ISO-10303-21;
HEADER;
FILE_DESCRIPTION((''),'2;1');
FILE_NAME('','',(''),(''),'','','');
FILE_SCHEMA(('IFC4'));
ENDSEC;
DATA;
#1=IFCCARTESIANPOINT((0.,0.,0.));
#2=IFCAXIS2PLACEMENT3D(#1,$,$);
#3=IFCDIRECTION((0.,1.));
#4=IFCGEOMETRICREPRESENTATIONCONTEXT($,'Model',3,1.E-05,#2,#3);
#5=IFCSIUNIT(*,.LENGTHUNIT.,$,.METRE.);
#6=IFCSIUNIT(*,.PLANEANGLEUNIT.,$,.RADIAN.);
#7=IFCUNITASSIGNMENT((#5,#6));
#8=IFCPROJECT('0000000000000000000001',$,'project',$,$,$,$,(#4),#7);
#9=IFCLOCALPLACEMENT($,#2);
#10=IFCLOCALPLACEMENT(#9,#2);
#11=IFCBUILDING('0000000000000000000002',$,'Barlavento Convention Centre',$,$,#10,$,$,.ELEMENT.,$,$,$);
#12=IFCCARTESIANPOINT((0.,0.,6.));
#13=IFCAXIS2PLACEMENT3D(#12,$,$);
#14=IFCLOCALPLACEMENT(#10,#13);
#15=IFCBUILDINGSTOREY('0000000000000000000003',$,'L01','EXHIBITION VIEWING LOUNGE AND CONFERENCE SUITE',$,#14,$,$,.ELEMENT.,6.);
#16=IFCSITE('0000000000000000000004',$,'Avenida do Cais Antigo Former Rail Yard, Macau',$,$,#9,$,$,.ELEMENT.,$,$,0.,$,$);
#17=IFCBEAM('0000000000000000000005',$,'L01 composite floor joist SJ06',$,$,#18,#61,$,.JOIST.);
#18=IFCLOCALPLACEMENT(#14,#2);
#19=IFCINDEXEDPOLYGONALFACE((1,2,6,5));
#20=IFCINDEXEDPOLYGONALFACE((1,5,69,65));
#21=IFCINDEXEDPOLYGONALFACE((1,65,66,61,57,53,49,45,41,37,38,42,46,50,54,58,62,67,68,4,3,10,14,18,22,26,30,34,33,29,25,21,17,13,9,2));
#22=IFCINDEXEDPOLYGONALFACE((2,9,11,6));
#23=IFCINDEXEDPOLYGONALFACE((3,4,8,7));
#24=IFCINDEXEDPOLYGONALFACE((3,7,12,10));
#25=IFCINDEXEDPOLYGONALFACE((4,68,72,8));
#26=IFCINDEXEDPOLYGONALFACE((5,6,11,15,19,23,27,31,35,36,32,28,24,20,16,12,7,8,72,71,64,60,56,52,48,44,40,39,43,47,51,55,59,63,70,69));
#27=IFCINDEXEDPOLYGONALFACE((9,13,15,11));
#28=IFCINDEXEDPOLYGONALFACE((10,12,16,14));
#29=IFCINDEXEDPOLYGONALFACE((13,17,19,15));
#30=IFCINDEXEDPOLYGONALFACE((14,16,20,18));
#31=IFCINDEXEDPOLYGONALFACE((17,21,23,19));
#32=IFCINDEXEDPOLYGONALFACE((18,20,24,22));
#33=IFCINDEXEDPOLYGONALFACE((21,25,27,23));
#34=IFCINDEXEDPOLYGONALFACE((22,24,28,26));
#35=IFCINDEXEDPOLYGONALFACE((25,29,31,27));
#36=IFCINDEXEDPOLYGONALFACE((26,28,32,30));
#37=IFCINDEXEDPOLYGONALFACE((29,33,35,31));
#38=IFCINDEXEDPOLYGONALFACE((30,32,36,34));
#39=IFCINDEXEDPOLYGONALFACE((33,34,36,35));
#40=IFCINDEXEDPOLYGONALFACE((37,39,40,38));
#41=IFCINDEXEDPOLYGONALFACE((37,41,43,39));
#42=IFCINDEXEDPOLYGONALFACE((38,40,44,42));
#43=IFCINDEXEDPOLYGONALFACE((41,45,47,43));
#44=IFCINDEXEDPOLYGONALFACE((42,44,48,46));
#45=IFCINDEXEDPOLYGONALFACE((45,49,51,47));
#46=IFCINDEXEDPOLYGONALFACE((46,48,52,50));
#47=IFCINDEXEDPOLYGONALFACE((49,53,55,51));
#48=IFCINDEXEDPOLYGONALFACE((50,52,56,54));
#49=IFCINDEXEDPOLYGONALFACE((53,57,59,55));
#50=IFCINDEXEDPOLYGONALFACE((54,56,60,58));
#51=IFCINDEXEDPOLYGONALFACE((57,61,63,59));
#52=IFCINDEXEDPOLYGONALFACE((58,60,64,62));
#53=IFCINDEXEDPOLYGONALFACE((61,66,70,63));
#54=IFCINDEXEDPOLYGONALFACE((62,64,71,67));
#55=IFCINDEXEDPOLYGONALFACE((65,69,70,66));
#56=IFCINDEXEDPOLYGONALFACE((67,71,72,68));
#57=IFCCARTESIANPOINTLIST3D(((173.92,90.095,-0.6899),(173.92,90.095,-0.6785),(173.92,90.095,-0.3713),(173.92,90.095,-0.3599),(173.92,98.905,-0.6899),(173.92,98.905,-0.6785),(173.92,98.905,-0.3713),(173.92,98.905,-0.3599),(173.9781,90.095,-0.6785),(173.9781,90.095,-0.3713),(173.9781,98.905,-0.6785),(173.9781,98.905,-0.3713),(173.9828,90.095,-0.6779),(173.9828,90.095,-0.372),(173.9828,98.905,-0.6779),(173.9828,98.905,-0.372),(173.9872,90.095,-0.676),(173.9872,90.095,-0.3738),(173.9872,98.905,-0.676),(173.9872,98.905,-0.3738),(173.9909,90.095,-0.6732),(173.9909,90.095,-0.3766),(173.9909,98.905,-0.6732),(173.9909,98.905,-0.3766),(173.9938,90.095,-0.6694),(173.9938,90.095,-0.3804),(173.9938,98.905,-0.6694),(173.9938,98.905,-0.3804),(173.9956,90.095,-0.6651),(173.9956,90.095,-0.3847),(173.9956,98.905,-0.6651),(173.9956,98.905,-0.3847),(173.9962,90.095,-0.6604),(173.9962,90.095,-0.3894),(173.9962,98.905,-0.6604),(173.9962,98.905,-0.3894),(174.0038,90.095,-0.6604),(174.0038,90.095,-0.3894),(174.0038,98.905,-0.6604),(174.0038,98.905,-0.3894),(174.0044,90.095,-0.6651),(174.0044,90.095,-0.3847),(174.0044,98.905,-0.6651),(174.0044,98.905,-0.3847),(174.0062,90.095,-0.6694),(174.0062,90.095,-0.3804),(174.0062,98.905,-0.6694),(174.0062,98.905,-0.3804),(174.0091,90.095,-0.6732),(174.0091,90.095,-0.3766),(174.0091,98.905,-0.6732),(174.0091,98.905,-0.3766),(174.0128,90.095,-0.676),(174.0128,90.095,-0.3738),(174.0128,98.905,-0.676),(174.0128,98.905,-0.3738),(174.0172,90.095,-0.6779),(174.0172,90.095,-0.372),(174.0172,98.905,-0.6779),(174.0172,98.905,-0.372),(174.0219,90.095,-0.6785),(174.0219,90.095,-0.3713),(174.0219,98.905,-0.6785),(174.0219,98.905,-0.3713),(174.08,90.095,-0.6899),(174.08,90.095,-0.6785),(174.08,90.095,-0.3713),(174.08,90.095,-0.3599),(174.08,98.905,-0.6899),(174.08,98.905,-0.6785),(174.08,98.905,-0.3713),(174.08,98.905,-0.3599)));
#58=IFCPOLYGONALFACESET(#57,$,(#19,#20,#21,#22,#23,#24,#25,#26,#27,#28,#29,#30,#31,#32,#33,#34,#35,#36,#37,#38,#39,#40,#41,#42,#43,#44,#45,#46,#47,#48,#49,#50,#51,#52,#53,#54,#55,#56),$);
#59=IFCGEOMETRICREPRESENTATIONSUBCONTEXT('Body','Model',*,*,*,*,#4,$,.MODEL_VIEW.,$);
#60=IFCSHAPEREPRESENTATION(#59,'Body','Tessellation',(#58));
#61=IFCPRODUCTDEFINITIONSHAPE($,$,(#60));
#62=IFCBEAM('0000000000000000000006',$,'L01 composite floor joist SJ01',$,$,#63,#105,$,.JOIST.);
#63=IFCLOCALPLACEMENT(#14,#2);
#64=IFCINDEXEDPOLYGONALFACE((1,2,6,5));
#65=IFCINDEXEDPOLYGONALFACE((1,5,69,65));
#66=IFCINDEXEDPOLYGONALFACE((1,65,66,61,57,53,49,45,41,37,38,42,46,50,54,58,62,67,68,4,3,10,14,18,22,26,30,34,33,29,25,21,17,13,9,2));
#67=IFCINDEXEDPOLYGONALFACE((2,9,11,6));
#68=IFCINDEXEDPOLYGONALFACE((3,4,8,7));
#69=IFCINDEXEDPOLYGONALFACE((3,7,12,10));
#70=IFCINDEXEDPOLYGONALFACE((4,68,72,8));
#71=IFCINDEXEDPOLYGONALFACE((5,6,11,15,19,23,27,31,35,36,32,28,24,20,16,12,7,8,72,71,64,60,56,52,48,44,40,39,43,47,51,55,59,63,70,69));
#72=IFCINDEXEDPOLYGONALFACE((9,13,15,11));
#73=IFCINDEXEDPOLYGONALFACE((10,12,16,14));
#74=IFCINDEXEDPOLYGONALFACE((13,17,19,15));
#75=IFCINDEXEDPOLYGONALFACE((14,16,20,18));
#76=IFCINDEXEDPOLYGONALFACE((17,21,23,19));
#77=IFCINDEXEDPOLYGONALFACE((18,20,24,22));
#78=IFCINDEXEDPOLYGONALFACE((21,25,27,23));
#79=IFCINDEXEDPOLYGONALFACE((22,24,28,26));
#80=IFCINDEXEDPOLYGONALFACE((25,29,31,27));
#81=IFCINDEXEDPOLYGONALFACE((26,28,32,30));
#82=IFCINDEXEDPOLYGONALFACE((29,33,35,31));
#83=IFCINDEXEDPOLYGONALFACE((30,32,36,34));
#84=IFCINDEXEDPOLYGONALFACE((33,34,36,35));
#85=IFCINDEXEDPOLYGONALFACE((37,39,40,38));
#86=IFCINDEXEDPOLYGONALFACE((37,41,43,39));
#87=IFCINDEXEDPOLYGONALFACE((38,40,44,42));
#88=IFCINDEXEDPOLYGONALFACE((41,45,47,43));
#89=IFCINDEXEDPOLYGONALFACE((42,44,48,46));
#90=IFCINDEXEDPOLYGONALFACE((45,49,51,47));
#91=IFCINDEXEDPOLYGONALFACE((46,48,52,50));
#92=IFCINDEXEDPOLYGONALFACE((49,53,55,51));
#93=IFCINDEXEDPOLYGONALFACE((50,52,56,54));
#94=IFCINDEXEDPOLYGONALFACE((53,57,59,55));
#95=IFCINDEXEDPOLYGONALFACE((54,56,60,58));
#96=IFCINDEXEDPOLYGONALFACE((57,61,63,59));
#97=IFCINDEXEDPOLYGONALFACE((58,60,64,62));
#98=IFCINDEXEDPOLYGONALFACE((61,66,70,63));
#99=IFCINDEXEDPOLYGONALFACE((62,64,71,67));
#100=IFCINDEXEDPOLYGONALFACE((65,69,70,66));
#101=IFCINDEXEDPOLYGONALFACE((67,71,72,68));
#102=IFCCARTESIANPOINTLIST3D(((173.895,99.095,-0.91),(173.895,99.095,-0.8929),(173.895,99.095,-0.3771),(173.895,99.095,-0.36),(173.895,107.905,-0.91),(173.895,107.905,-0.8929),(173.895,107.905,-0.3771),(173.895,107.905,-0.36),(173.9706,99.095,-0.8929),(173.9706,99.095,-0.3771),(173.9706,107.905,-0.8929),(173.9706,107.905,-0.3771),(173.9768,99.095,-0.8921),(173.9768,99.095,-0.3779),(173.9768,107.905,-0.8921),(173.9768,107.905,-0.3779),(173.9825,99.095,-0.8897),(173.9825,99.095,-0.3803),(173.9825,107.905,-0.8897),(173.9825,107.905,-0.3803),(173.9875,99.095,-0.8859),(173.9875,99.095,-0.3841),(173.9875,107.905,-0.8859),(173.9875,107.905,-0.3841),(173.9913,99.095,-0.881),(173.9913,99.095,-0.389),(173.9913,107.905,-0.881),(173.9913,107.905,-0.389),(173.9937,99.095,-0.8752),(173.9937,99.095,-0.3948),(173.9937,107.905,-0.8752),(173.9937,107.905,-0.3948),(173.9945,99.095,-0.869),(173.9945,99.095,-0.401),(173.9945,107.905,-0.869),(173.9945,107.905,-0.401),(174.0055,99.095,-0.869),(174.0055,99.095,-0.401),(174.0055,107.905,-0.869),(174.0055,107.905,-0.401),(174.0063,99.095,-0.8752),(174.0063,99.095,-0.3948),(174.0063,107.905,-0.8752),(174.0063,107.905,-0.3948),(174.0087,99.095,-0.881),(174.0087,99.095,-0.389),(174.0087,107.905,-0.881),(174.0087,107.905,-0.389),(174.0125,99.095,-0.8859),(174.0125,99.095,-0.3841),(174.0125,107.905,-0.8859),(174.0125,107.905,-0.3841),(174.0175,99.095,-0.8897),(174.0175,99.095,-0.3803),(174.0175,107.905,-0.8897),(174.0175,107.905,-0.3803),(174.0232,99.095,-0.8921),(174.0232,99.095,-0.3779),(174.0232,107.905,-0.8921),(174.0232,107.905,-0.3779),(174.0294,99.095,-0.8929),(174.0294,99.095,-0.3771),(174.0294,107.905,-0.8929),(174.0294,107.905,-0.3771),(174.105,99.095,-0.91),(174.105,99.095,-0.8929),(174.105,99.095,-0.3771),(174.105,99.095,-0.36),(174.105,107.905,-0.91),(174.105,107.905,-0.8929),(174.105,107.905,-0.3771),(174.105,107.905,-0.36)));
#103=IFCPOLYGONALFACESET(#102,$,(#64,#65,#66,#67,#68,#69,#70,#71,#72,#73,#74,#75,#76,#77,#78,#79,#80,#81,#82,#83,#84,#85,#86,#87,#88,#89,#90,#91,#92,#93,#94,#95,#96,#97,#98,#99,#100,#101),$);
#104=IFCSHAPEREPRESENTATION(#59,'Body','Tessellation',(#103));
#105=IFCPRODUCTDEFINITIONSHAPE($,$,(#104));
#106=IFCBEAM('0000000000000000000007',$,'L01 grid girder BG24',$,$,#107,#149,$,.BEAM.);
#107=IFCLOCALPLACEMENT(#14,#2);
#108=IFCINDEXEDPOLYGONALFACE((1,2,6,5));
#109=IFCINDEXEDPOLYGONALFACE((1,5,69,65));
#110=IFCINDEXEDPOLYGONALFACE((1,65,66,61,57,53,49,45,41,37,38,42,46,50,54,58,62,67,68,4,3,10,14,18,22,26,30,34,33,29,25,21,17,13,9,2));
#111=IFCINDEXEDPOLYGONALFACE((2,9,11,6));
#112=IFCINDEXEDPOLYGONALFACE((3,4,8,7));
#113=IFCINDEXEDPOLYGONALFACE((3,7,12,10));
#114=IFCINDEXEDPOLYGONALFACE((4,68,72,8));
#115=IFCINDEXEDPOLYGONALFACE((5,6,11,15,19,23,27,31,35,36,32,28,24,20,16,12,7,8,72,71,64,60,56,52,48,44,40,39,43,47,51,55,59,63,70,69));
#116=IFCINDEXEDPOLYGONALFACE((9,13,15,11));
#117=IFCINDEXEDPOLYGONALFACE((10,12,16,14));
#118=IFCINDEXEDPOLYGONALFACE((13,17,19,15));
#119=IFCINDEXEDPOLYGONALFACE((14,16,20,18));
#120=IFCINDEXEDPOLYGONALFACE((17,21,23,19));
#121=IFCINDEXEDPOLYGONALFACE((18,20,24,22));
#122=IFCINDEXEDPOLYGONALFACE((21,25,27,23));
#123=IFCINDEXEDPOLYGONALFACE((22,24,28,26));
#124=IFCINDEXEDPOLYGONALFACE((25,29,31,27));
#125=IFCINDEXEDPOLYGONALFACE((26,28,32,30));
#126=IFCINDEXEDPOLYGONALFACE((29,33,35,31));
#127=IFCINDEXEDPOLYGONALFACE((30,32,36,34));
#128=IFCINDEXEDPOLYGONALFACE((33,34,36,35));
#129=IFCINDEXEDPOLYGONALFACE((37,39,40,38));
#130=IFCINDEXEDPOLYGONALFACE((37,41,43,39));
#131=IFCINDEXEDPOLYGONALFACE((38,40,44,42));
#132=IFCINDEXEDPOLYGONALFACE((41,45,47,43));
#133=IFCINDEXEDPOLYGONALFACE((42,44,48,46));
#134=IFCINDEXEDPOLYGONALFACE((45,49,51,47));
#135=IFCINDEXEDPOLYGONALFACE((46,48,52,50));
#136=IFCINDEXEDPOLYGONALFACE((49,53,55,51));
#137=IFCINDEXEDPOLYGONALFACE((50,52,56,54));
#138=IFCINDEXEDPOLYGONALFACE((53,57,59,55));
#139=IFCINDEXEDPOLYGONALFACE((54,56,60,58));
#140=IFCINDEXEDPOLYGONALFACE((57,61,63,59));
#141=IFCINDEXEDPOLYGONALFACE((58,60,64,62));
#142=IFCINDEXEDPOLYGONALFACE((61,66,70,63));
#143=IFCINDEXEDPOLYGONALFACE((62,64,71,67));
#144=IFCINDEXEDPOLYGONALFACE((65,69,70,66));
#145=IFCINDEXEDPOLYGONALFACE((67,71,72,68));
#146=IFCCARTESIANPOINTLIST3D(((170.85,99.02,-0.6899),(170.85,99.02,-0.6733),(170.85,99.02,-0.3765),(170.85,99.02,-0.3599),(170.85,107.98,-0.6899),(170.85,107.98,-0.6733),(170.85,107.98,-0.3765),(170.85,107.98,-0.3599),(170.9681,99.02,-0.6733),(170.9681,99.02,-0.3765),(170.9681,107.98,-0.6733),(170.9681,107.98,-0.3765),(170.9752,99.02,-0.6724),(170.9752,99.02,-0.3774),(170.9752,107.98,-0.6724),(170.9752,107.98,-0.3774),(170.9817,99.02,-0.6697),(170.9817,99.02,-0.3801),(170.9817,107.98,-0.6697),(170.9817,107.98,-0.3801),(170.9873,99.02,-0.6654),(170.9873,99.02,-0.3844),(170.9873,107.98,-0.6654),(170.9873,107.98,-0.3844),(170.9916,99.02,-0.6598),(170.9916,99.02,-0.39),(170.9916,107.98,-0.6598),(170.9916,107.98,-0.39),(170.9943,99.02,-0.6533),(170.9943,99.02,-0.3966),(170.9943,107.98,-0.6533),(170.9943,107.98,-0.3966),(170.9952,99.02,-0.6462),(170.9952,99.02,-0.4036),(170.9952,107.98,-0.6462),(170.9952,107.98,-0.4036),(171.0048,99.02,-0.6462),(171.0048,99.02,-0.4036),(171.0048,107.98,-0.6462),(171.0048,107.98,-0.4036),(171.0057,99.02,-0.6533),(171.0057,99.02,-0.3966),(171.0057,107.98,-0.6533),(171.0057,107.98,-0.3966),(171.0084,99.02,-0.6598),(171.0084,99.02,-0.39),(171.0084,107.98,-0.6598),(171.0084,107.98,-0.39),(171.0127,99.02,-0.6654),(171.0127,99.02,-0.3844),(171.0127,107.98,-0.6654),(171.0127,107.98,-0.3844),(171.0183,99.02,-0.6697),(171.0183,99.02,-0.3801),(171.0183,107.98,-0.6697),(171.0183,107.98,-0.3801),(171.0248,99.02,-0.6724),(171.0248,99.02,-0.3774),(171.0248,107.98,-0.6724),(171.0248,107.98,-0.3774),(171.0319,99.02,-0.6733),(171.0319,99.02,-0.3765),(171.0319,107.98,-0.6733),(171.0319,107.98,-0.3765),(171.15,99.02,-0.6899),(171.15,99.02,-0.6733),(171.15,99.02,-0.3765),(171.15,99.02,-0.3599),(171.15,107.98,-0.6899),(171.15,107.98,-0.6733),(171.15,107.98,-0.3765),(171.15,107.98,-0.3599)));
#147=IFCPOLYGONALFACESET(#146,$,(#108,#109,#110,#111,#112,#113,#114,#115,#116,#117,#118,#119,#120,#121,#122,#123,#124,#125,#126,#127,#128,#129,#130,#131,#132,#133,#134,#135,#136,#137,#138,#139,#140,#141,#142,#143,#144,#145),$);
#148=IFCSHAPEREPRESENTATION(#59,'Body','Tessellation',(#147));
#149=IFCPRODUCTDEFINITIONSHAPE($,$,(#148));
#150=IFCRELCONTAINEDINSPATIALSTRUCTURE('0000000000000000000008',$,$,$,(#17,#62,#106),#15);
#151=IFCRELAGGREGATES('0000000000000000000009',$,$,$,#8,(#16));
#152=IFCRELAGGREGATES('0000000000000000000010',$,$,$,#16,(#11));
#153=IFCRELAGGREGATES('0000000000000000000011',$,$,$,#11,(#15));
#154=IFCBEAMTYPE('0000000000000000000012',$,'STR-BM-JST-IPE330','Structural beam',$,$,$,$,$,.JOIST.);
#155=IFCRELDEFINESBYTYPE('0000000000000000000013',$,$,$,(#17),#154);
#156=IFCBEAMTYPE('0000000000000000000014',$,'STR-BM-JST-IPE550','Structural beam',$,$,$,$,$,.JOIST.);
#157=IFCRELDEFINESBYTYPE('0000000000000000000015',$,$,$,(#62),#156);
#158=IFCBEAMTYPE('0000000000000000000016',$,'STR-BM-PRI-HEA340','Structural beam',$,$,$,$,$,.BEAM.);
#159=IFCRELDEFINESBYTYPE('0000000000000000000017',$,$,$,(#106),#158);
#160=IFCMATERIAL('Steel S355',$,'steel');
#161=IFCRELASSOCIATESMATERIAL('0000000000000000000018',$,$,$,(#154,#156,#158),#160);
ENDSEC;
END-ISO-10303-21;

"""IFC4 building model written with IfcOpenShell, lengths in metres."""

from ifc_helpers import new_model, si_unit, direction, frame, origin, origin_2d, place, context, subcontext, project, spatial, i_section, extrude, material, material_profile, profile_set, type_object, element, save


model = new_model("IFC4")

# Units and contexts
model_context = context("Model", 3, precision=1e-05, world=origin(), true_north=direction((0.0, 1.0)))
body_context = subcontext(model_context, "Body", "Model", "MODEL_VIEW")
ifc_project = project(units=[si_unit("LENGTHUNIT", "METRE"), si_unit("PLANEANGLEUNIT", "RADIAN")], contexts=[model_context])

# Site, building, storey
site_placement = place(None, origin())
site = spatial("IfcSite", under=ifc_project, at=site_placement, Name="Avenida do Cais Antigo Former Rail Yard, Macau", CompositionType="ELEMENT", RefElevation=0.0)
building_placement = place(site_placement, origin())
building = spatial("IfcBuilding", under=site, at=building_placement, Name="Barlavento Convention Centre", CompositionType="ELEMENT")
storey_placement = place(building_placement, frame((0.0, 0.0, 6.0)))
storey = spatial("IfcBuildingStorey", under=building, at=storey_placement, Name="L01", Description="EXHIBITION VIEWING LOUNGE AND CONFERENCE SUITE", CompositionType="ELEMENT", Elevation=6.0)

# Shared definitions
ifc_material_1 = material(Name="Steel S355", Category="steel")

# Beams
ifc_material_profile_1 = material_profile(ifc_material_1, i_section(OverallWidth=0.1599, OverallDepth=0.3301, WebThickness=0.0076, FlangeThickness=0.0115, FilletRadius=0.0181, at=origin_2d()), Name="IPE 330")
ifc_profile_set_1 = profile_set([ifc_material_profile_1], Name="Steel S355")
beam_type_1 = type_object("IfcBeamType", Name="STR-BM-JST-IPE330", Description="Structural beam", PredefinedType="JOIST", material=ifc_profile_set_1)
beam_1_placement = place(storey_placement, frame((174.0, 90.095, -0.5249), z_axis=(0.0, 1.0, 0.0), x_axis=(-1.0, 0.0, 0.0)))
element("IfcBeam", 1, at=beam_1_placement, inside=storey, type_object=beam_type_1, Name="L01 composite floor joist SJ06", PredefinedType="JOIST", context=body_context, shape_type="SweptSolid", body=[
    extrude(i_section(OverallWidth=0.1599, OverallDepth=0.3301, WebThickness=0.0076, FlangeThickness=0.0115, FilletRadius=0.0181, at=origin_2d()), origin(), (0.0, 0.0, 1.0), 8.8101),
])
ifc_material_profile_2 = material_profile(ifc_material_1, i_section(OverallWidth=0.21, OverallDepth=0.55, WebThickness=0.011, FlangeThickness=0.0171, FilletRadius=0.0239, at=origin_2d()), Name="IPE 550")
ifc_profile_set_2 = profile_set([ifc_material_profile_2], Name="Steel S355")
beam_type_2 = type_object("IfcBeamType", Name="STR-BM-JST-IPE550", Description="Structural beam", PredefinedType="JOIST", material=ifc_profile_set_2)
beam_2_placement = place(storey_placement, frame((174.0, 99.095, -0.635), z_axis=(0.0, 1.0, 0.0), x_axis=(-1.0, 0.0, 0.0)))
element("IfcBeam", 2, at=beam_2_placement, inside=storey, type_object=beam_type_2, Name="L01 composite floor joist SJ01", PredefinedType="JOIST", context=body_context, shape_type="SweptSolid", body=[
    extrude(i_section(OverallWidth=0.21, OverallDepth=0.55, WebThickness=0.011, FlangeThickness=0.0171, FilletRadius=0.0239, at=origin_2d()), origin(), (0.0, 0.0, 1.0), 8.8101),
])
ifc_material_profile_3 = material_profile(ifc_material_1, i_section(OverallWidth=0.3, OverallDepth=0.3301, WebThickness=0.0095, FlangeThickness=0.0166, FilletRadius=0.0271, at=origin_2d()), Name="HEA 340")
ifc_profile_set_3 = profile_set([ifc_material_profile_3], Name="Steel S355")
beam_type_3 = type_object("IfcBeamType", Name="STR-BM-PRI-HEA340", Description="Structural beam", PredefinedType="BEAM", material=ifc_profile_set_3)
beam_3_placement = place(storey_placement, frame((171.0, 99.02, -0.5249), z_axis=(0.0, 1.0, 0.0), x_axis=(-1.0, 0.0, 0.0)))
element("IfcBeam", 3, at=beam_3_placement, inside=storey, type_object=beam_type_3, Name="L01 grid girder BG24", PredefinedType="BEAM", context=body_context, shape_type="SweptSolid", body=[
    extrude(i_section(OverallWidth=0.3, OverallDepth=0.3301, WebThickness=0.0095, FlangeThickness=0.0166, FilletRadius=0.0271, at=origin_2d()), origin(), (0.0, 0.0, 1.0), 8.96),
])

save(model, "model.ifc")
